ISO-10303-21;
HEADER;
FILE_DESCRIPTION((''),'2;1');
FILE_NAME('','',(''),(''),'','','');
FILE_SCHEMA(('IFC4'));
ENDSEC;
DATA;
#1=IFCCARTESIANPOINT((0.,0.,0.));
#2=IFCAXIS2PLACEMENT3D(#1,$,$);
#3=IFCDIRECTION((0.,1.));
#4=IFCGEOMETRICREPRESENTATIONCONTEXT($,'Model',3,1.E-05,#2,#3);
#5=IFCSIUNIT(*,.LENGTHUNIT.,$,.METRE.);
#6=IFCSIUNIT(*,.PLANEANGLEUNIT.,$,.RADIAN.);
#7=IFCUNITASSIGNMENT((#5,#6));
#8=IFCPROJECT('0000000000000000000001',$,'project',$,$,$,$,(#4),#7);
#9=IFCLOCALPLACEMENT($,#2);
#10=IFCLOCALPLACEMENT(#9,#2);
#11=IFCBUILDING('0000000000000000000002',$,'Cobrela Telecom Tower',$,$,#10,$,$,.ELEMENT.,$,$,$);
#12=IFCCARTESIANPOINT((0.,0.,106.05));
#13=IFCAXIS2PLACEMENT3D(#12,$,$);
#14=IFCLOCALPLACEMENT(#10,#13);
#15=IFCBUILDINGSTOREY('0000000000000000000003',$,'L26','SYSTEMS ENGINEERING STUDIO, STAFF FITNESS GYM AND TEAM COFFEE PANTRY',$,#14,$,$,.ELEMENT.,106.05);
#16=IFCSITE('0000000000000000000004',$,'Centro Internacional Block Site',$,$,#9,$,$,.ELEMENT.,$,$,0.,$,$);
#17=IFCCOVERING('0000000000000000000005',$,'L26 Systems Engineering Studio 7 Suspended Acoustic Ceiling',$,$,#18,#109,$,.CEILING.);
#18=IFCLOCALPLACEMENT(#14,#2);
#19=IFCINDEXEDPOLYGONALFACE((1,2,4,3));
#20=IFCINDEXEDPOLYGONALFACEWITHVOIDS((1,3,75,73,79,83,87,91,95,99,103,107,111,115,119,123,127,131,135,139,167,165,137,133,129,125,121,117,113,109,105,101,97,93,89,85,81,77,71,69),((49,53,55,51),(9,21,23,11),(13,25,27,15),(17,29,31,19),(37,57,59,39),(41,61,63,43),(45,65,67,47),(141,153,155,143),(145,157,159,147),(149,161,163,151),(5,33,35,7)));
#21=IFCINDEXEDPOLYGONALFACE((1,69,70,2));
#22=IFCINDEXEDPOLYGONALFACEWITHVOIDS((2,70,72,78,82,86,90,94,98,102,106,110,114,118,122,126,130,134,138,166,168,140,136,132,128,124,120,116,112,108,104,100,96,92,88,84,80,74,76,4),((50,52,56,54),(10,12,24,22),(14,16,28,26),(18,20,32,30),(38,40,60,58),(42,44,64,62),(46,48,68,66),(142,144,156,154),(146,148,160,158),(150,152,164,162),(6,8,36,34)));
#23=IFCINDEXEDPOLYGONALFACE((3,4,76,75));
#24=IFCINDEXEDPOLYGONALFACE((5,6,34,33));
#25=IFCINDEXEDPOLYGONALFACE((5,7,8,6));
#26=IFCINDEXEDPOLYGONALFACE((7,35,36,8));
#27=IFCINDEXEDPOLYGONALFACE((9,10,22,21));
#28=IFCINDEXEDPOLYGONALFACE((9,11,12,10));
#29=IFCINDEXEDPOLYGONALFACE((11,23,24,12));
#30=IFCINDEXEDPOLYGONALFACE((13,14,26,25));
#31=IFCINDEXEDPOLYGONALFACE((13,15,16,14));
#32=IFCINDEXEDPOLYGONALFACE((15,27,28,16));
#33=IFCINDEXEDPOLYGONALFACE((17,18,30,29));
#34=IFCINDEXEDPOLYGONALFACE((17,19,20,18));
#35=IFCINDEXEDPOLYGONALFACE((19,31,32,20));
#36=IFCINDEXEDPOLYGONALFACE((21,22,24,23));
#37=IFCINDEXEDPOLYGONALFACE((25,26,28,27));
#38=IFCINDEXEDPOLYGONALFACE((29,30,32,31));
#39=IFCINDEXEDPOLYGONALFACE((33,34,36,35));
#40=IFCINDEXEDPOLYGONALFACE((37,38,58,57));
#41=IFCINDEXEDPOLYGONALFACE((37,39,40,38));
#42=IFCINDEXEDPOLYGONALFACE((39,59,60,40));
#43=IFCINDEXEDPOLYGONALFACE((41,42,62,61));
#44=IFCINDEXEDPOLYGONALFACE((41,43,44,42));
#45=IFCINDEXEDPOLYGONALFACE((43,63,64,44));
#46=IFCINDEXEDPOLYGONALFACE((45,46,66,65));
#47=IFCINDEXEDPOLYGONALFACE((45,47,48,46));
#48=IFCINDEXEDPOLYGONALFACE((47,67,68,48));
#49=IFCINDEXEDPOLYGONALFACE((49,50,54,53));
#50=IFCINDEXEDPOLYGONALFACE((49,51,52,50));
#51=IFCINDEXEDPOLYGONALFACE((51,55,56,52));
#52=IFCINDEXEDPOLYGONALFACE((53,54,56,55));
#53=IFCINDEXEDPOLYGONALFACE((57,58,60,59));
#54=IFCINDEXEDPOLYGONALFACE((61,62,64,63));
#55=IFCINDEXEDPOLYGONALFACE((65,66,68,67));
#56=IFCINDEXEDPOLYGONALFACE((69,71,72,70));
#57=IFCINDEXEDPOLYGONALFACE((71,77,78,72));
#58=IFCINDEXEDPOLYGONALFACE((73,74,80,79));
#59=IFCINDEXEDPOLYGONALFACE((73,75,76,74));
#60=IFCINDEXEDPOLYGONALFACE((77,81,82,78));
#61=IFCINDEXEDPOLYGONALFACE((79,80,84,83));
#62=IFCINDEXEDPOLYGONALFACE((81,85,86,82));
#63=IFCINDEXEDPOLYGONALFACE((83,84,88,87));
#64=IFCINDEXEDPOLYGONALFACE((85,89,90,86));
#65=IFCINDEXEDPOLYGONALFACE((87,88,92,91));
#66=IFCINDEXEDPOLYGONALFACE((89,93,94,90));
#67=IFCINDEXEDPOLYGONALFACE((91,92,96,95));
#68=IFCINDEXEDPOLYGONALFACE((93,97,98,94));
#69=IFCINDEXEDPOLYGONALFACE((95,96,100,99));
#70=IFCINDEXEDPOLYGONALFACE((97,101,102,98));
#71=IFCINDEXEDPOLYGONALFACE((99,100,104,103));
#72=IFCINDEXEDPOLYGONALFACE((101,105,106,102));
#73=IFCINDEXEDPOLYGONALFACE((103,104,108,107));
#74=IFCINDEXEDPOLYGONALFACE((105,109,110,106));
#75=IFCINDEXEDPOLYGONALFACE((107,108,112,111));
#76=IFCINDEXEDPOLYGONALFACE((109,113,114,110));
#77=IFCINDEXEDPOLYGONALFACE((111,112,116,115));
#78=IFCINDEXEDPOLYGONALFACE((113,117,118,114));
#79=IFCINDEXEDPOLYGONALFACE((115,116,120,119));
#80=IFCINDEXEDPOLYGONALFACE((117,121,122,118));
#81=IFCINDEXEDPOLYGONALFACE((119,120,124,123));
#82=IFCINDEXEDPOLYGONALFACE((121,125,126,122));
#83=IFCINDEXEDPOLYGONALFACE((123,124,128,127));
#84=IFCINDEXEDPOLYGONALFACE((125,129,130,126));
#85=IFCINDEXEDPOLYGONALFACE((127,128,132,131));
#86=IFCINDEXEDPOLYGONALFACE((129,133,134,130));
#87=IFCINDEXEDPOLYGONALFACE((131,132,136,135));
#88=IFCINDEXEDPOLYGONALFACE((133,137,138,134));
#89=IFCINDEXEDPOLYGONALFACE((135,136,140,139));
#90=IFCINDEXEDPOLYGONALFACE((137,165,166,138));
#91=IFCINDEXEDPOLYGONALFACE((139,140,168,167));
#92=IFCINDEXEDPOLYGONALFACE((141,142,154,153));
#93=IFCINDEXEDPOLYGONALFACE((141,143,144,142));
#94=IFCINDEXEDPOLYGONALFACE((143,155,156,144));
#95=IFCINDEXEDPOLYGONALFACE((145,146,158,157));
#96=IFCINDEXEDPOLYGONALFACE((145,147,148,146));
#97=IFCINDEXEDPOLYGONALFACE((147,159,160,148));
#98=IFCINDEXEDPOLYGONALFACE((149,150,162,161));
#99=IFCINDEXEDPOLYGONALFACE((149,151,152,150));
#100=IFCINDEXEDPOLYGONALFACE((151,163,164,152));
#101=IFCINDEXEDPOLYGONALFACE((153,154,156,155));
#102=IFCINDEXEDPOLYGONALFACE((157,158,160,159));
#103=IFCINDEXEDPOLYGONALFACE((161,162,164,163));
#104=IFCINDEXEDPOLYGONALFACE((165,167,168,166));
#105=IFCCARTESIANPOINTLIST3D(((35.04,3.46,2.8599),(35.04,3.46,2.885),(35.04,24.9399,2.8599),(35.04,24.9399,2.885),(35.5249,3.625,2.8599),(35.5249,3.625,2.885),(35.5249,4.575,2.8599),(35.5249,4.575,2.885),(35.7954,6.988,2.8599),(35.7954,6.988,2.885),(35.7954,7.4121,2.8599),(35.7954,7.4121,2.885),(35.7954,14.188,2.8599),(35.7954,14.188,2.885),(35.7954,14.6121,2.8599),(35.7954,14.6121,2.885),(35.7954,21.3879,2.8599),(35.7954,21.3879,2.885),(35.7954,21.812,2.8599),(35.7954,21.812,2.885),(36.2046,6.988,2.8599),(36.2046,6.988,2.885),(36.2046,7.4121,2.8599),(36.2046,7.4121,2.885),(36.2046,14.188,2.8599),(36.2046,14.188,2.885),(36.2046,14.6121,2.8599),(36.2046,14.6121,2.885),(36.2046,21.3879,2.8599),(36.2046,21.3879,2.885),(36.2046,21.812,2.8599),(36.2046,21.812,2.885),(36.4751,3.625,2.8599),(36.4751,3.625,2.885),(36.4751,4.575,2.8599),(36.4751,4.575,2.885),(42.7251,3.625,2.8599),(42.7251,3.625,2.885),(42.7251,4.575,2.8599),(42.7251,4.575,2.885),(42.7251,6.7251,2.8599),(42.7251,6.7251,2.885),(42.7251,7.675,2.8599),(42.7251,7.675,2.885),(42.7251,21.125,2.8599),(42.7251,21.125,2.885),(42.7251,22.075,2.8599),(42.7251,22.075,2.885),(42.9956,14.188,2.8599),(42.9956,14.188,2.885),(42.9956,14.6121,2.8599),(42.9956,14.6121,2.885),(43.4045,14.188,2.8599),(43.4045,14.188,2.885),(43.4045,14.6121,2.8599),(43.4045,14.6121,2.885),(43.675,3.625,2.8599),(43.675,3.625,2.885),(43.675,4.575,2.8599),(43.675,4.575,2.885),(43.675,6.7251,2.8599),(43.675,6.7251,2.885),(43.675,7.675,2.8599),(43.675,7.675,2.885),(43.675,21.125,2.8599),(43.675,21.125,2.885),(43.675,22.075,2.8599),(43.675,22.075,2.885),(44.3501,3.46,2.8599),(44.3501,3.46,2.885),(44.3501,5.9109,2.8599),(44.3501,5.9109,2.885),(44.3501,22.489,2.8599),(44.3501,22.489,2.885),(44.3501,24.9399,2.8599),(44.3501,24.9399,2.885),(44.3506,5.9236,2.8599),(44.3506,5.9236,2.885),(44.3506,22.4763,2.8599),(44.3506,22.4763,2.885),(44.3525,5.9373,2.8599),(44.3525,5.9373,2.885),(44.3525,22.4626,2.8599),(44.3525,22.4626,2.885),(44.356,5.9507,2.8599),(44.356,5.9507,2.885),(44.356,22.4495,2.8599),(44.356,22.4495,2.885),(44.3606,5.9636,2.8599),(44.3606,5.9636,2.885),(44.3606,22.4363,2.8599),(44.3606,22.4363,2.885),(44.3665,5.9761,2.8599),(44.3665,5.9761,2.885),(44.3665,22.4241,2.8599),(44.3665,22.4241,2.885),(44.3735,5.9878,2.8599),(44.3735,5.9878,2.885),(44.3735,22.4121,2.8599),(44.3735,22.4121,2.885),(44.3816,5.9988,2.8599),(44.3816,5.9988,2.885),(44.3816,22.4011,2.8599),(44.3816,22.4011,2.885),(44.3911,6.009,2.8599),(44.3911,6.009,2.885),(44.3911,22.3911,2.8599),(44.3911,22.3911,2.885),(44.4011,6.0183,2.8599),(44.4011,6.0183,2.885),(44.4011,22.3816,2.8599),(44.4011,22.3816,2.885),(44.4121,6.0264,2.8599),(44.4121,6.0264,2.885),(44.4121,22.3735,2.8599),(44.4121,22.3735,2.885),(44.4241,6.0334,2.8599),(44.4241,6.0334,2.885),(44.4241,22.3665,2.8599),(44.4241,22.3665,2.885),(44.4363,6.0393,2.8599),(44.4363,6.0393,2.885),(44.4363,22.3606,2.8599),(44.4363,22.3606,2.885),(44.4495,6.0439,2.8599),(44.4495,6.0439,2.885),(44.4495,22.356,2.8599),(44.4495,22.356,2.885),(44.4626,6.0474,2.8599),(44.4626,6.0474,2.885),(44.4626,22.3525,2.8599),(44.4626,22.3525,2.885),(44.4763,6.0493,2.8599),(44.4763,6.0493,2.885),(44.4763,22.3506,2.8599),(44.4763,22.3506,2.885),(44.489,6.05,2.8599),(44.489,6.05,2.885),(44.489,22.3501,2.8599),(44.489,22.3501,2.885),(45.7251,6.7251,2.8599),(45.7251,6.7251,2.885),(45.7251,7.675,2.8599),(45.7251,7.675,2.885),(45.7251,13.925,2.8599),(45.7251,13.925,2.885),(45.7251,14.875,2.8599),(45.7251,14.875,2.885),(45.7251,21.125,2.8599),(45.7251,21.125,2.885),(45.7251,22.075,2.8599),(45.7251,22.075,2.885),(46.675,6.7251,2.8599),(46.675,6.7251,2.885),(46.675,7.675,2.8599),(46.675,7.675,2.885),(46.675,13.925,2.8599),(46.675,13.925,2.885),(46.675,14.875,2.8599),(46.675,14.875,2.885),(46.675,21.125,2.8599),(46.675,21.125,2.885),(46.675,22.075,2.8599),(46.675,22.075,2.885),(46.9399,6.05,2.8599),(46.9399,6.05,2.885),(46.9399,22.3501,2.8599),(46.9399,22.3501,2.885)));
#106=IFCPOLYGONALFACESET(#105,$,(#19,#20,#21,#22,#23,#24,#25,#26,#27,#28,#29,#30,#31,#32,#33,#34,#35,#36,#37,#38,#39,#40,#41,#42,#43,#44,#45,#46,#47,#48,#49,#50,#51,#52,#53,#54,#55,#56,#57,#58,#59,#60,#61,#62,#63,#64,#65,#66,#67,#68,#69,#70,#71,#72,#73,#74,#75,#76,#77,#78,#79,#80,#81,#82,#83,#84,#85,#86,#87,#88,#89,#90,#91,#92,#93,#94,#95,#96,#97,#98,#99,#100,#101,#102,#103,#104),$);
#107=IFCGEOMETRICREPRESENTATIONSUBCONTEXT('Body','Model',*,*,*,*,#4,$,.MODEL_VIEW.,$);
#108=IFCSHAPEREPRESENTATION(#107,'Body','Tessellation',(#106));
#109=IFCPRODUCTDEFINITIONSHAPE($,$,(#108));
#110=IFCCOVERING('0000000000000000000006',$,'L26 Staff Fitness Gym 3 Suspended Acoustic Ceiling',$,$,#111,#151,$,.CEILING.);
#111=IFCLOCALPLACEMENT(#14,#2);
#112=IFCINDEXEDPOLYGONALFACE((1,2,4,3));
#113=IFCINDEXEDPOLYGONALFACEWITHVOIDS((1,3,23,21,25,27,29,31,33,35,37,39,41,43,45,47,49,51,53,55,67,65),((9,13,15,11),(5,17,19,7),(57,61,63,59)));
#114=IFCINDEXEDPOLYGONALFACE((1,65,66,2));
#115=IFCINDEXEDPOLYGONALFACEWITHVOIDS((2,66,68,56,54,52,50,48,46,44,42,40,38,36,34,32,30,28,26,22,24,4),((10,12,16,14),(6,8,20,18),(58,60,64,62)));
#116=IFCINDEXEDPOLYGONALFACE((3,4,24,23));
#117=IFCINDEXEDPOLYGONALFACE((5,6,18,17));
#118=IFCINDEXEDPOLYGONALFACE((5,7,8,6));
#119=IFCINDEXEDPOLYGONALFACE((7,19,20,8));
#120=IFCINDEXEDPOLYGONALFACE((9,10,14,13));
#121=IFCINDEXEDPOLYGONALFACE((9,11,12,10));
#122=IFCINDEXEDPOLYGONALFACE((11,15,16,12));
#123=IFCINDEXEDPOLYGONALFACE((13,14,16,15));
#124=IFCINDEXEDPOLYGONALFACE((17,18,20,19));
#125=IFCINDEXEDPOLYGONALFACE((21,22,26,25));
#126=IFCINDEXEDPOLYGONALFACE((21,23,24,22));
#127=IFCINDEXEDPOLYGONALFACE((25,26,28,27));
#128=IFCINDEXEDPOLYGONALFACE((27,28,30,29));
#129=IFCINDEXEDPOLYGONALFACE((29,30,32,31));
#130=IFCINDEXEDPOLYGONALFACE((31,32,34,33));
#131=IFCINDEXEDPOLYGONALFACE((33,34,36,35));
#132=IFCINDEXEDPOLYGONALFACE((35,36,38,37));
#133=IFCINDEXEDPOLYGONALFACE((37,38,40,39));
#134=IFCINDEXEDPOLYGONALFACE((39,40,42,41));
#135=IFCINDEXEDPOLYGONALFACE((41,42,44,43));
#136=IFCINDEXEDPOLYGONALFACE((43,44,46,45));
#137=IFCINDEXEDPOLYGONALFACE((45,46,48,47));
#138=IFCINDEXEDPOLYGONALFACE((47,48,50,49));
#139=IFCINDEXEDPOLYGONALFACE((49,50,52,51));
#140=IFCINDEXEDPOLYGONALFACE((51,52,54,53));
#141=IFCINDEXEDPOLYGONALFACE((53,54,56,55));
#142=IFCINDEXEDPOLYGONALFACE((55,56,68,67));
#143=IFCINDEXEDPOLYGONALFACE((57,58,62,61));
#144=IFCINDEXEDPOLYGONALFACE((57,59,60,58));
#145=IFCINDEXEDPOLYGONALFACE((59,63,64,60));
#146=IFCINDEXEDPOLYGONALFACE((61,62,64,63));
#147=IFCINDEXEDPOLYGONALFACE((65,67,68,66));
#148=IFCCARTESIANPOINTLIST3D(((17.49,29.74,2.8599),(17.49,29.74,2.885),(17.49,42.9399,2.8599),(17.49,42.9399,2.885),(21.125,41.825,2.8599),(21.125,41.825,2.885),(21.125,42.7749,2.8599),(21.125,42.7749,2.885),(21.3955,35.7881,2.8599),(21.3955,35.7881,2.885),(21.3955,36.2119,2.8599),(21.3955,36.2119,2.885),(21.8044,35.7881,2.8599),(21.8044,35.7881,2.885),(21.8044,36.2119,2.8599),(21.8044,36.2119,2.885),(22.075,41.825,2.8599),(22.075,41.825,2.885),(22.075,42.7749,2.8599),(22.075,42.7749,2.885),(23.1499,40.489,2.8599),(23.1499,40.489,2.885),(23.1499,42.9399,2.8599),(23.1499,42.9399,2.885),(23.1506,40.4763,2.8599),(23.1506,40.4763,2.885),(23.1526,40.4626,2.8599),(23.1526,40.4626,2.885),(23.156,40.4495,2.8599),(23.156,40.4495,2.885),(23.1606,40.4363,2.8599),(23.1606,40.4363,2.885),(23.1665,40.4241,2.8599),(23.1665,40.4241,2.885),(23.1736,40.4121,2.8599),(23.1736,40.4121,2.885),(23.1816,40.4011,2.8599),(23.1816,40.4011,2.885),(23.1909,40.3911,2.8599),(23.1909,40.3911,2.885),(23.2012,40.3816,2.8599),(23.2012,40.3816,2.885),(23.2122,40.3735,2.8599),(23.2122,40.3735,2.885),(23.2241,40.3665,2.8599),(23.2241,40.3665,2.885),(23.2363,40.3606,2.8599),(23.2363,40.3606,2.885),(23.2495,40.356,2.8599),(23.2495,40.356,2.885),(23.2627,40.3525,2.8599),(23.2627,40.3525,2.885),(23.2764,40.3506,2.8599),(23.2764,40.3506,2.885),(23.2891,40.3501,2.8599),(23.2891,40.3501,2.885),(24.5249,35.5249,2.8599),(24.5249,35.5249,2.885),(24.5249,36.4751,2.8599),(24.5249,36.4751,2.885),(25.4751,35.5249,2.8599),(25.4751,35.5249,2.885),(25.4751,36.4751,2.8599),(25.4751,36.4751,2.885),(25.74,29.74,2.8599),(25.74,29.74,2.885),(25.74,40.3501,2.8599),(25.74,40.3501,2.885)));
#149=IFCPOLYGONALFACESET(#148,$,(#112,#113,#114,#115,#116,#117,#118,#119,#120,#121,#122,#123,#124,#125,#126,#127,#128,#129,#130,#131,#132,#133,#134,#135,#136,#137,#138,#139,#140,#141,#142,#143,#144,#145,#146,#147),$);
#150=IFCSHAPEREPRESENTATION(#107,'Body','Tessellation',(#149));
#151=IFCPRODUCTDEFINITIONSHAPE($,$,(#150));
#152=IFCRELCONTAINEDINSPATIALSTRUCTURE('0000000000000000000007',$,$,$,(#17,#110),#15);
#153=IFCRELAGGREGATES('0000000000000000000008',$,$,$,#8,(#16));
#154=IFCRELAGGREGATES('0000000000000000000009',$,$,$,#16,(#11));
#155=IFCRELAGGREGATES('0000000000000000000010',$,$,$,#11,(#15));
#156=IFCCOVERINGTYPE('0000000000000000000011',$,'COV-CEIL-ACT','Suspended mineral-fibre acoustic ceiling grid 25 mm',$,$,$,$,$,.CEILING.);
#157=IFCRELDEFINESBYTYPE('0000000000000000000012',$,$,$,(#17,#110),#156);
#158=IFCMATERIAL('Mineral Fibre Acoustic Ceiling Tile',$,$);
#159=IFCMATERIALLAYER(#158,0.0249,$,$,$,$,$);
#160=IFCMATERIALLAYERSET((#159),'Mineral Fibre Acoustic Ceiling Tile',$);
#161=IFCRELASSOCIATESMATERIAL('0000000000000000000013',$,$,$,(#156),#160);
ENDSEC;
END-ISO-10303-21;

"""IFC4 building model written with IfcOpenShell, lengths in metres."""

from ifc_helpers import new_model, si_unit, direction, frame, origin, place, context, subcontext, project, spatial, polyline, outline, extrude, material, layer, layer_set, type_object, element, save


model = new_model("IFC4")

# Units and contexts
model_context = context("Model", 3, precision=1e-05, world=origin(), true_north=direction((0.0, 1.0)))
body_context = subcontext(model_context, "Body", "Model", "MODEL_VIEW")
ifc_project = project(units=[si_unit("LENGTHUNIT", "METRE"), si_unit("PLANEANGLEUNIT", "RADIAN")], contexts=[model_context])

# Site, building, storey
site_placement = place(None, origin())
site = spatial("IfcSite", under=ifc_project, at=site_placement, Name="Centro Internacional Block Site", CompositionType="ELEMENT", RefElevation=0.0)
building_placement = place(site_placement, origin())
building = spatial("IfcBuilding", under=site, at=building_placement, Name="Cobrela Telecom Tower", CompositionType="ELEMENT")
storey_placement = place(building_placement, frame((0.0, 0.0, 106.05)))
storey = spatial("IfcBuildingStorey", under=building, at=storey_placement, Name="L26", Description="SYSTEMS ENGINEERING STUDIO, STAFF FITNESS GYM AND TEAM COFFEE PANTRY", CompositionType="ELEMENT", Elevation=106.05)

# Coverings
ifc_material_1 = material(Name="Mineral Fibre Acoustic Ceiling Tile")
ifc_layer_1 = layer(ifc_material_1, 0.0249)
ifc_layer_set_1 = layer_set([ifc_layer_1], Name="Mineral Fibre Acoustic Ceiling Tile")
covering_type_1 = type_object("IfcCoveringType", Name="COV-CEIL-ACT", Description="Suspended mineral-fibre acoustic ceiling grid 25 mm", PredefinedType="CEILING", material=ifc_layer_set_1)
covering_1_placement = place(storey_placement, frame((0.0, 0.0, 2.8599)))
element("IfcCovering", 1, at=covering_1_placement, inside=storey, type_object=covering_type_1, Name="L26 Systems Engineering Studio 7 Suspended Acoustic Ceiling", PredefinedType="CEILING", context=body_context, shape_type="SweptSolid", body=[
    extrude(outline(polyline([(44.4626, 6.0474), (44.4495, 6.0439), (44.4363, 6.0393), (44.4241, 6.0334), (44.4121, 6.0264), (44.4011, 6.0183), (44.3911, 6.009), (44.3816, 5.9988), (44.3735, 5.9878), (44.3665, 5.9761), (44.3606, 5.9636), (44.356, 5.9507), (44.3525, 5.9373), (44.3506, 5.9236), (44.3501, 5.9109), (44.3501, 3.46), (35.04, 3.46), (35.04, 24.9399), (44.3501, 24.9399), (44.3501, 22.489), (44.3506, 22.4763), (44.3525, 22.4626), (44.356, 22.4495), (44.3606, 22.4363), (44.3665, 22.4241), (44.3735, 22.4121), (44.3816, 22.4011), (44.3911, 22.3911), (44.4011, 22.3816), (44.4121, 22.3735), (44.4241, 22.3665), (44.4363, 22.3606), (44.4495, 22.356), (44.4626, 22.3525), (44.4763, 22.3506), (44.489, 22.3501), (46.9399, 22.3501), (46.9399, 6.05), (44.489, 6.05), (44.4763, 6.0493), (44.4626, 6.0474)]), holes=[polyline([(36.4751, 3.625), (36.4751, 4.575), (35.5249, 4.575), (35.5249, 3.625), (36.4751, 3.625)]), polyline([(43.675, 3.625), (43.675, 4.575), (42.7251, 4.575), (42.7251, 3.625), (43.675, 3.625)]), polyline([(36.2046, 6.988), (36.2046, 7.4121), (35.7954, 7.4121), (35.7954, 6.988), (36.2046, 6.988)]), polyline([(43.675, 6.7251), (43.675, 7.675), (42.7251, 7.675), (42.7251, 6.7251), (43.675, 6.7251)]), polyline([(46.675, 6.7251), (46.675, 7.675), (45.7251, 7.675), (45.7251, 6.7251), (46.675, 6.7251)]), polyline([(36.2046, 14.6121), (35.7954, 14.6121), (35.7954, 14.188), (36.2046, 14.188), (36.2046, 14.6121)]), polyline([(43.4045, 14.188), (43.4045, 14.6121), (42.9956, 14.6121), (42.9956, 14.188), (43.4045, 14.188)]), polyline([(46.675, 13.925), (46.675, 14.875), (45.7251, 14.875), (45.7251, 13.925), (46.675, 13.925)]), polyline([(36.2046, 21.3879), (36.2046, 21.812), (35.7954, 21.812), (35.7954, 21.3879), (36.2046, 21.3879)]), polyline([(43.675, 21.125), (43.675, 22.075), (42.7251, 22.075), (42.7251, 21.125), (43.675, 21.125)]), polyline([(46.675, 21.125), (46.675, 22.075), (45.7251, 22.075), (45.7251, 21.125), (46.675, 21.125)])]), origin(), (0.0, 0.0, 1.0), 0.0251),
])
covering_2_placement = place(storey_placement, frame((0.0, 0.0, 2.8599)))
element("IfcCovering", 2, at=covering_2_placement, inside=storey, type_object=covering_type_1, Name="L26 Staff Fitness Gym 3 Suspended Acoustic Ceiling", PredefinedType="CEILING", context=body_context, shape_type="SweptSolid", body=[
    extrude(outline(polyline([(23.1499, 42.9399), (23.1499, 40.489), (23.1506, 40.4763), (23.1526, 40.4626), (23.156, 40.4495), (23.1606, 40.4363), (23.1665, 40.4241), (23.1736, 40.4121), (23.1816, 40.4011), (23.1909, 40.3911), (23.2012, 40.3816), (23.2122, 40.3735), (23.2241, 40.3665), (23.2363, 40.3606), (23.2495, 40.356), (23.2627, 40.3525), (23.2764, 40.3506), (23.2891, 40.3501), (25.74, 40.3501), (25.74, 29.74), (17.49, 29.74), (17.49, 42.9399), (23.1499, 42.9399)]), holes=[polyline([(21.8044, 35.7881), (21.8044, 36.2119), (21.3955, 36.2119), (21.3955, 35.7881), (21.8044, 35.7881)]), polyline([(25.4751, 35.5249), (25.4751, 36.4751), (24.5249, 36.4751), (24.5249, 35.5249), (25.4751, 35.5249)]), polyline([(22.075, 41.825), (22.075, 42.7749), (21.125, 42.7749), (21.125, 41.825), (22.075, 41.825)])]), origin(), (0.0, 0.0, 1.0), 0.0251),
])

save(model, "model.ifc")
